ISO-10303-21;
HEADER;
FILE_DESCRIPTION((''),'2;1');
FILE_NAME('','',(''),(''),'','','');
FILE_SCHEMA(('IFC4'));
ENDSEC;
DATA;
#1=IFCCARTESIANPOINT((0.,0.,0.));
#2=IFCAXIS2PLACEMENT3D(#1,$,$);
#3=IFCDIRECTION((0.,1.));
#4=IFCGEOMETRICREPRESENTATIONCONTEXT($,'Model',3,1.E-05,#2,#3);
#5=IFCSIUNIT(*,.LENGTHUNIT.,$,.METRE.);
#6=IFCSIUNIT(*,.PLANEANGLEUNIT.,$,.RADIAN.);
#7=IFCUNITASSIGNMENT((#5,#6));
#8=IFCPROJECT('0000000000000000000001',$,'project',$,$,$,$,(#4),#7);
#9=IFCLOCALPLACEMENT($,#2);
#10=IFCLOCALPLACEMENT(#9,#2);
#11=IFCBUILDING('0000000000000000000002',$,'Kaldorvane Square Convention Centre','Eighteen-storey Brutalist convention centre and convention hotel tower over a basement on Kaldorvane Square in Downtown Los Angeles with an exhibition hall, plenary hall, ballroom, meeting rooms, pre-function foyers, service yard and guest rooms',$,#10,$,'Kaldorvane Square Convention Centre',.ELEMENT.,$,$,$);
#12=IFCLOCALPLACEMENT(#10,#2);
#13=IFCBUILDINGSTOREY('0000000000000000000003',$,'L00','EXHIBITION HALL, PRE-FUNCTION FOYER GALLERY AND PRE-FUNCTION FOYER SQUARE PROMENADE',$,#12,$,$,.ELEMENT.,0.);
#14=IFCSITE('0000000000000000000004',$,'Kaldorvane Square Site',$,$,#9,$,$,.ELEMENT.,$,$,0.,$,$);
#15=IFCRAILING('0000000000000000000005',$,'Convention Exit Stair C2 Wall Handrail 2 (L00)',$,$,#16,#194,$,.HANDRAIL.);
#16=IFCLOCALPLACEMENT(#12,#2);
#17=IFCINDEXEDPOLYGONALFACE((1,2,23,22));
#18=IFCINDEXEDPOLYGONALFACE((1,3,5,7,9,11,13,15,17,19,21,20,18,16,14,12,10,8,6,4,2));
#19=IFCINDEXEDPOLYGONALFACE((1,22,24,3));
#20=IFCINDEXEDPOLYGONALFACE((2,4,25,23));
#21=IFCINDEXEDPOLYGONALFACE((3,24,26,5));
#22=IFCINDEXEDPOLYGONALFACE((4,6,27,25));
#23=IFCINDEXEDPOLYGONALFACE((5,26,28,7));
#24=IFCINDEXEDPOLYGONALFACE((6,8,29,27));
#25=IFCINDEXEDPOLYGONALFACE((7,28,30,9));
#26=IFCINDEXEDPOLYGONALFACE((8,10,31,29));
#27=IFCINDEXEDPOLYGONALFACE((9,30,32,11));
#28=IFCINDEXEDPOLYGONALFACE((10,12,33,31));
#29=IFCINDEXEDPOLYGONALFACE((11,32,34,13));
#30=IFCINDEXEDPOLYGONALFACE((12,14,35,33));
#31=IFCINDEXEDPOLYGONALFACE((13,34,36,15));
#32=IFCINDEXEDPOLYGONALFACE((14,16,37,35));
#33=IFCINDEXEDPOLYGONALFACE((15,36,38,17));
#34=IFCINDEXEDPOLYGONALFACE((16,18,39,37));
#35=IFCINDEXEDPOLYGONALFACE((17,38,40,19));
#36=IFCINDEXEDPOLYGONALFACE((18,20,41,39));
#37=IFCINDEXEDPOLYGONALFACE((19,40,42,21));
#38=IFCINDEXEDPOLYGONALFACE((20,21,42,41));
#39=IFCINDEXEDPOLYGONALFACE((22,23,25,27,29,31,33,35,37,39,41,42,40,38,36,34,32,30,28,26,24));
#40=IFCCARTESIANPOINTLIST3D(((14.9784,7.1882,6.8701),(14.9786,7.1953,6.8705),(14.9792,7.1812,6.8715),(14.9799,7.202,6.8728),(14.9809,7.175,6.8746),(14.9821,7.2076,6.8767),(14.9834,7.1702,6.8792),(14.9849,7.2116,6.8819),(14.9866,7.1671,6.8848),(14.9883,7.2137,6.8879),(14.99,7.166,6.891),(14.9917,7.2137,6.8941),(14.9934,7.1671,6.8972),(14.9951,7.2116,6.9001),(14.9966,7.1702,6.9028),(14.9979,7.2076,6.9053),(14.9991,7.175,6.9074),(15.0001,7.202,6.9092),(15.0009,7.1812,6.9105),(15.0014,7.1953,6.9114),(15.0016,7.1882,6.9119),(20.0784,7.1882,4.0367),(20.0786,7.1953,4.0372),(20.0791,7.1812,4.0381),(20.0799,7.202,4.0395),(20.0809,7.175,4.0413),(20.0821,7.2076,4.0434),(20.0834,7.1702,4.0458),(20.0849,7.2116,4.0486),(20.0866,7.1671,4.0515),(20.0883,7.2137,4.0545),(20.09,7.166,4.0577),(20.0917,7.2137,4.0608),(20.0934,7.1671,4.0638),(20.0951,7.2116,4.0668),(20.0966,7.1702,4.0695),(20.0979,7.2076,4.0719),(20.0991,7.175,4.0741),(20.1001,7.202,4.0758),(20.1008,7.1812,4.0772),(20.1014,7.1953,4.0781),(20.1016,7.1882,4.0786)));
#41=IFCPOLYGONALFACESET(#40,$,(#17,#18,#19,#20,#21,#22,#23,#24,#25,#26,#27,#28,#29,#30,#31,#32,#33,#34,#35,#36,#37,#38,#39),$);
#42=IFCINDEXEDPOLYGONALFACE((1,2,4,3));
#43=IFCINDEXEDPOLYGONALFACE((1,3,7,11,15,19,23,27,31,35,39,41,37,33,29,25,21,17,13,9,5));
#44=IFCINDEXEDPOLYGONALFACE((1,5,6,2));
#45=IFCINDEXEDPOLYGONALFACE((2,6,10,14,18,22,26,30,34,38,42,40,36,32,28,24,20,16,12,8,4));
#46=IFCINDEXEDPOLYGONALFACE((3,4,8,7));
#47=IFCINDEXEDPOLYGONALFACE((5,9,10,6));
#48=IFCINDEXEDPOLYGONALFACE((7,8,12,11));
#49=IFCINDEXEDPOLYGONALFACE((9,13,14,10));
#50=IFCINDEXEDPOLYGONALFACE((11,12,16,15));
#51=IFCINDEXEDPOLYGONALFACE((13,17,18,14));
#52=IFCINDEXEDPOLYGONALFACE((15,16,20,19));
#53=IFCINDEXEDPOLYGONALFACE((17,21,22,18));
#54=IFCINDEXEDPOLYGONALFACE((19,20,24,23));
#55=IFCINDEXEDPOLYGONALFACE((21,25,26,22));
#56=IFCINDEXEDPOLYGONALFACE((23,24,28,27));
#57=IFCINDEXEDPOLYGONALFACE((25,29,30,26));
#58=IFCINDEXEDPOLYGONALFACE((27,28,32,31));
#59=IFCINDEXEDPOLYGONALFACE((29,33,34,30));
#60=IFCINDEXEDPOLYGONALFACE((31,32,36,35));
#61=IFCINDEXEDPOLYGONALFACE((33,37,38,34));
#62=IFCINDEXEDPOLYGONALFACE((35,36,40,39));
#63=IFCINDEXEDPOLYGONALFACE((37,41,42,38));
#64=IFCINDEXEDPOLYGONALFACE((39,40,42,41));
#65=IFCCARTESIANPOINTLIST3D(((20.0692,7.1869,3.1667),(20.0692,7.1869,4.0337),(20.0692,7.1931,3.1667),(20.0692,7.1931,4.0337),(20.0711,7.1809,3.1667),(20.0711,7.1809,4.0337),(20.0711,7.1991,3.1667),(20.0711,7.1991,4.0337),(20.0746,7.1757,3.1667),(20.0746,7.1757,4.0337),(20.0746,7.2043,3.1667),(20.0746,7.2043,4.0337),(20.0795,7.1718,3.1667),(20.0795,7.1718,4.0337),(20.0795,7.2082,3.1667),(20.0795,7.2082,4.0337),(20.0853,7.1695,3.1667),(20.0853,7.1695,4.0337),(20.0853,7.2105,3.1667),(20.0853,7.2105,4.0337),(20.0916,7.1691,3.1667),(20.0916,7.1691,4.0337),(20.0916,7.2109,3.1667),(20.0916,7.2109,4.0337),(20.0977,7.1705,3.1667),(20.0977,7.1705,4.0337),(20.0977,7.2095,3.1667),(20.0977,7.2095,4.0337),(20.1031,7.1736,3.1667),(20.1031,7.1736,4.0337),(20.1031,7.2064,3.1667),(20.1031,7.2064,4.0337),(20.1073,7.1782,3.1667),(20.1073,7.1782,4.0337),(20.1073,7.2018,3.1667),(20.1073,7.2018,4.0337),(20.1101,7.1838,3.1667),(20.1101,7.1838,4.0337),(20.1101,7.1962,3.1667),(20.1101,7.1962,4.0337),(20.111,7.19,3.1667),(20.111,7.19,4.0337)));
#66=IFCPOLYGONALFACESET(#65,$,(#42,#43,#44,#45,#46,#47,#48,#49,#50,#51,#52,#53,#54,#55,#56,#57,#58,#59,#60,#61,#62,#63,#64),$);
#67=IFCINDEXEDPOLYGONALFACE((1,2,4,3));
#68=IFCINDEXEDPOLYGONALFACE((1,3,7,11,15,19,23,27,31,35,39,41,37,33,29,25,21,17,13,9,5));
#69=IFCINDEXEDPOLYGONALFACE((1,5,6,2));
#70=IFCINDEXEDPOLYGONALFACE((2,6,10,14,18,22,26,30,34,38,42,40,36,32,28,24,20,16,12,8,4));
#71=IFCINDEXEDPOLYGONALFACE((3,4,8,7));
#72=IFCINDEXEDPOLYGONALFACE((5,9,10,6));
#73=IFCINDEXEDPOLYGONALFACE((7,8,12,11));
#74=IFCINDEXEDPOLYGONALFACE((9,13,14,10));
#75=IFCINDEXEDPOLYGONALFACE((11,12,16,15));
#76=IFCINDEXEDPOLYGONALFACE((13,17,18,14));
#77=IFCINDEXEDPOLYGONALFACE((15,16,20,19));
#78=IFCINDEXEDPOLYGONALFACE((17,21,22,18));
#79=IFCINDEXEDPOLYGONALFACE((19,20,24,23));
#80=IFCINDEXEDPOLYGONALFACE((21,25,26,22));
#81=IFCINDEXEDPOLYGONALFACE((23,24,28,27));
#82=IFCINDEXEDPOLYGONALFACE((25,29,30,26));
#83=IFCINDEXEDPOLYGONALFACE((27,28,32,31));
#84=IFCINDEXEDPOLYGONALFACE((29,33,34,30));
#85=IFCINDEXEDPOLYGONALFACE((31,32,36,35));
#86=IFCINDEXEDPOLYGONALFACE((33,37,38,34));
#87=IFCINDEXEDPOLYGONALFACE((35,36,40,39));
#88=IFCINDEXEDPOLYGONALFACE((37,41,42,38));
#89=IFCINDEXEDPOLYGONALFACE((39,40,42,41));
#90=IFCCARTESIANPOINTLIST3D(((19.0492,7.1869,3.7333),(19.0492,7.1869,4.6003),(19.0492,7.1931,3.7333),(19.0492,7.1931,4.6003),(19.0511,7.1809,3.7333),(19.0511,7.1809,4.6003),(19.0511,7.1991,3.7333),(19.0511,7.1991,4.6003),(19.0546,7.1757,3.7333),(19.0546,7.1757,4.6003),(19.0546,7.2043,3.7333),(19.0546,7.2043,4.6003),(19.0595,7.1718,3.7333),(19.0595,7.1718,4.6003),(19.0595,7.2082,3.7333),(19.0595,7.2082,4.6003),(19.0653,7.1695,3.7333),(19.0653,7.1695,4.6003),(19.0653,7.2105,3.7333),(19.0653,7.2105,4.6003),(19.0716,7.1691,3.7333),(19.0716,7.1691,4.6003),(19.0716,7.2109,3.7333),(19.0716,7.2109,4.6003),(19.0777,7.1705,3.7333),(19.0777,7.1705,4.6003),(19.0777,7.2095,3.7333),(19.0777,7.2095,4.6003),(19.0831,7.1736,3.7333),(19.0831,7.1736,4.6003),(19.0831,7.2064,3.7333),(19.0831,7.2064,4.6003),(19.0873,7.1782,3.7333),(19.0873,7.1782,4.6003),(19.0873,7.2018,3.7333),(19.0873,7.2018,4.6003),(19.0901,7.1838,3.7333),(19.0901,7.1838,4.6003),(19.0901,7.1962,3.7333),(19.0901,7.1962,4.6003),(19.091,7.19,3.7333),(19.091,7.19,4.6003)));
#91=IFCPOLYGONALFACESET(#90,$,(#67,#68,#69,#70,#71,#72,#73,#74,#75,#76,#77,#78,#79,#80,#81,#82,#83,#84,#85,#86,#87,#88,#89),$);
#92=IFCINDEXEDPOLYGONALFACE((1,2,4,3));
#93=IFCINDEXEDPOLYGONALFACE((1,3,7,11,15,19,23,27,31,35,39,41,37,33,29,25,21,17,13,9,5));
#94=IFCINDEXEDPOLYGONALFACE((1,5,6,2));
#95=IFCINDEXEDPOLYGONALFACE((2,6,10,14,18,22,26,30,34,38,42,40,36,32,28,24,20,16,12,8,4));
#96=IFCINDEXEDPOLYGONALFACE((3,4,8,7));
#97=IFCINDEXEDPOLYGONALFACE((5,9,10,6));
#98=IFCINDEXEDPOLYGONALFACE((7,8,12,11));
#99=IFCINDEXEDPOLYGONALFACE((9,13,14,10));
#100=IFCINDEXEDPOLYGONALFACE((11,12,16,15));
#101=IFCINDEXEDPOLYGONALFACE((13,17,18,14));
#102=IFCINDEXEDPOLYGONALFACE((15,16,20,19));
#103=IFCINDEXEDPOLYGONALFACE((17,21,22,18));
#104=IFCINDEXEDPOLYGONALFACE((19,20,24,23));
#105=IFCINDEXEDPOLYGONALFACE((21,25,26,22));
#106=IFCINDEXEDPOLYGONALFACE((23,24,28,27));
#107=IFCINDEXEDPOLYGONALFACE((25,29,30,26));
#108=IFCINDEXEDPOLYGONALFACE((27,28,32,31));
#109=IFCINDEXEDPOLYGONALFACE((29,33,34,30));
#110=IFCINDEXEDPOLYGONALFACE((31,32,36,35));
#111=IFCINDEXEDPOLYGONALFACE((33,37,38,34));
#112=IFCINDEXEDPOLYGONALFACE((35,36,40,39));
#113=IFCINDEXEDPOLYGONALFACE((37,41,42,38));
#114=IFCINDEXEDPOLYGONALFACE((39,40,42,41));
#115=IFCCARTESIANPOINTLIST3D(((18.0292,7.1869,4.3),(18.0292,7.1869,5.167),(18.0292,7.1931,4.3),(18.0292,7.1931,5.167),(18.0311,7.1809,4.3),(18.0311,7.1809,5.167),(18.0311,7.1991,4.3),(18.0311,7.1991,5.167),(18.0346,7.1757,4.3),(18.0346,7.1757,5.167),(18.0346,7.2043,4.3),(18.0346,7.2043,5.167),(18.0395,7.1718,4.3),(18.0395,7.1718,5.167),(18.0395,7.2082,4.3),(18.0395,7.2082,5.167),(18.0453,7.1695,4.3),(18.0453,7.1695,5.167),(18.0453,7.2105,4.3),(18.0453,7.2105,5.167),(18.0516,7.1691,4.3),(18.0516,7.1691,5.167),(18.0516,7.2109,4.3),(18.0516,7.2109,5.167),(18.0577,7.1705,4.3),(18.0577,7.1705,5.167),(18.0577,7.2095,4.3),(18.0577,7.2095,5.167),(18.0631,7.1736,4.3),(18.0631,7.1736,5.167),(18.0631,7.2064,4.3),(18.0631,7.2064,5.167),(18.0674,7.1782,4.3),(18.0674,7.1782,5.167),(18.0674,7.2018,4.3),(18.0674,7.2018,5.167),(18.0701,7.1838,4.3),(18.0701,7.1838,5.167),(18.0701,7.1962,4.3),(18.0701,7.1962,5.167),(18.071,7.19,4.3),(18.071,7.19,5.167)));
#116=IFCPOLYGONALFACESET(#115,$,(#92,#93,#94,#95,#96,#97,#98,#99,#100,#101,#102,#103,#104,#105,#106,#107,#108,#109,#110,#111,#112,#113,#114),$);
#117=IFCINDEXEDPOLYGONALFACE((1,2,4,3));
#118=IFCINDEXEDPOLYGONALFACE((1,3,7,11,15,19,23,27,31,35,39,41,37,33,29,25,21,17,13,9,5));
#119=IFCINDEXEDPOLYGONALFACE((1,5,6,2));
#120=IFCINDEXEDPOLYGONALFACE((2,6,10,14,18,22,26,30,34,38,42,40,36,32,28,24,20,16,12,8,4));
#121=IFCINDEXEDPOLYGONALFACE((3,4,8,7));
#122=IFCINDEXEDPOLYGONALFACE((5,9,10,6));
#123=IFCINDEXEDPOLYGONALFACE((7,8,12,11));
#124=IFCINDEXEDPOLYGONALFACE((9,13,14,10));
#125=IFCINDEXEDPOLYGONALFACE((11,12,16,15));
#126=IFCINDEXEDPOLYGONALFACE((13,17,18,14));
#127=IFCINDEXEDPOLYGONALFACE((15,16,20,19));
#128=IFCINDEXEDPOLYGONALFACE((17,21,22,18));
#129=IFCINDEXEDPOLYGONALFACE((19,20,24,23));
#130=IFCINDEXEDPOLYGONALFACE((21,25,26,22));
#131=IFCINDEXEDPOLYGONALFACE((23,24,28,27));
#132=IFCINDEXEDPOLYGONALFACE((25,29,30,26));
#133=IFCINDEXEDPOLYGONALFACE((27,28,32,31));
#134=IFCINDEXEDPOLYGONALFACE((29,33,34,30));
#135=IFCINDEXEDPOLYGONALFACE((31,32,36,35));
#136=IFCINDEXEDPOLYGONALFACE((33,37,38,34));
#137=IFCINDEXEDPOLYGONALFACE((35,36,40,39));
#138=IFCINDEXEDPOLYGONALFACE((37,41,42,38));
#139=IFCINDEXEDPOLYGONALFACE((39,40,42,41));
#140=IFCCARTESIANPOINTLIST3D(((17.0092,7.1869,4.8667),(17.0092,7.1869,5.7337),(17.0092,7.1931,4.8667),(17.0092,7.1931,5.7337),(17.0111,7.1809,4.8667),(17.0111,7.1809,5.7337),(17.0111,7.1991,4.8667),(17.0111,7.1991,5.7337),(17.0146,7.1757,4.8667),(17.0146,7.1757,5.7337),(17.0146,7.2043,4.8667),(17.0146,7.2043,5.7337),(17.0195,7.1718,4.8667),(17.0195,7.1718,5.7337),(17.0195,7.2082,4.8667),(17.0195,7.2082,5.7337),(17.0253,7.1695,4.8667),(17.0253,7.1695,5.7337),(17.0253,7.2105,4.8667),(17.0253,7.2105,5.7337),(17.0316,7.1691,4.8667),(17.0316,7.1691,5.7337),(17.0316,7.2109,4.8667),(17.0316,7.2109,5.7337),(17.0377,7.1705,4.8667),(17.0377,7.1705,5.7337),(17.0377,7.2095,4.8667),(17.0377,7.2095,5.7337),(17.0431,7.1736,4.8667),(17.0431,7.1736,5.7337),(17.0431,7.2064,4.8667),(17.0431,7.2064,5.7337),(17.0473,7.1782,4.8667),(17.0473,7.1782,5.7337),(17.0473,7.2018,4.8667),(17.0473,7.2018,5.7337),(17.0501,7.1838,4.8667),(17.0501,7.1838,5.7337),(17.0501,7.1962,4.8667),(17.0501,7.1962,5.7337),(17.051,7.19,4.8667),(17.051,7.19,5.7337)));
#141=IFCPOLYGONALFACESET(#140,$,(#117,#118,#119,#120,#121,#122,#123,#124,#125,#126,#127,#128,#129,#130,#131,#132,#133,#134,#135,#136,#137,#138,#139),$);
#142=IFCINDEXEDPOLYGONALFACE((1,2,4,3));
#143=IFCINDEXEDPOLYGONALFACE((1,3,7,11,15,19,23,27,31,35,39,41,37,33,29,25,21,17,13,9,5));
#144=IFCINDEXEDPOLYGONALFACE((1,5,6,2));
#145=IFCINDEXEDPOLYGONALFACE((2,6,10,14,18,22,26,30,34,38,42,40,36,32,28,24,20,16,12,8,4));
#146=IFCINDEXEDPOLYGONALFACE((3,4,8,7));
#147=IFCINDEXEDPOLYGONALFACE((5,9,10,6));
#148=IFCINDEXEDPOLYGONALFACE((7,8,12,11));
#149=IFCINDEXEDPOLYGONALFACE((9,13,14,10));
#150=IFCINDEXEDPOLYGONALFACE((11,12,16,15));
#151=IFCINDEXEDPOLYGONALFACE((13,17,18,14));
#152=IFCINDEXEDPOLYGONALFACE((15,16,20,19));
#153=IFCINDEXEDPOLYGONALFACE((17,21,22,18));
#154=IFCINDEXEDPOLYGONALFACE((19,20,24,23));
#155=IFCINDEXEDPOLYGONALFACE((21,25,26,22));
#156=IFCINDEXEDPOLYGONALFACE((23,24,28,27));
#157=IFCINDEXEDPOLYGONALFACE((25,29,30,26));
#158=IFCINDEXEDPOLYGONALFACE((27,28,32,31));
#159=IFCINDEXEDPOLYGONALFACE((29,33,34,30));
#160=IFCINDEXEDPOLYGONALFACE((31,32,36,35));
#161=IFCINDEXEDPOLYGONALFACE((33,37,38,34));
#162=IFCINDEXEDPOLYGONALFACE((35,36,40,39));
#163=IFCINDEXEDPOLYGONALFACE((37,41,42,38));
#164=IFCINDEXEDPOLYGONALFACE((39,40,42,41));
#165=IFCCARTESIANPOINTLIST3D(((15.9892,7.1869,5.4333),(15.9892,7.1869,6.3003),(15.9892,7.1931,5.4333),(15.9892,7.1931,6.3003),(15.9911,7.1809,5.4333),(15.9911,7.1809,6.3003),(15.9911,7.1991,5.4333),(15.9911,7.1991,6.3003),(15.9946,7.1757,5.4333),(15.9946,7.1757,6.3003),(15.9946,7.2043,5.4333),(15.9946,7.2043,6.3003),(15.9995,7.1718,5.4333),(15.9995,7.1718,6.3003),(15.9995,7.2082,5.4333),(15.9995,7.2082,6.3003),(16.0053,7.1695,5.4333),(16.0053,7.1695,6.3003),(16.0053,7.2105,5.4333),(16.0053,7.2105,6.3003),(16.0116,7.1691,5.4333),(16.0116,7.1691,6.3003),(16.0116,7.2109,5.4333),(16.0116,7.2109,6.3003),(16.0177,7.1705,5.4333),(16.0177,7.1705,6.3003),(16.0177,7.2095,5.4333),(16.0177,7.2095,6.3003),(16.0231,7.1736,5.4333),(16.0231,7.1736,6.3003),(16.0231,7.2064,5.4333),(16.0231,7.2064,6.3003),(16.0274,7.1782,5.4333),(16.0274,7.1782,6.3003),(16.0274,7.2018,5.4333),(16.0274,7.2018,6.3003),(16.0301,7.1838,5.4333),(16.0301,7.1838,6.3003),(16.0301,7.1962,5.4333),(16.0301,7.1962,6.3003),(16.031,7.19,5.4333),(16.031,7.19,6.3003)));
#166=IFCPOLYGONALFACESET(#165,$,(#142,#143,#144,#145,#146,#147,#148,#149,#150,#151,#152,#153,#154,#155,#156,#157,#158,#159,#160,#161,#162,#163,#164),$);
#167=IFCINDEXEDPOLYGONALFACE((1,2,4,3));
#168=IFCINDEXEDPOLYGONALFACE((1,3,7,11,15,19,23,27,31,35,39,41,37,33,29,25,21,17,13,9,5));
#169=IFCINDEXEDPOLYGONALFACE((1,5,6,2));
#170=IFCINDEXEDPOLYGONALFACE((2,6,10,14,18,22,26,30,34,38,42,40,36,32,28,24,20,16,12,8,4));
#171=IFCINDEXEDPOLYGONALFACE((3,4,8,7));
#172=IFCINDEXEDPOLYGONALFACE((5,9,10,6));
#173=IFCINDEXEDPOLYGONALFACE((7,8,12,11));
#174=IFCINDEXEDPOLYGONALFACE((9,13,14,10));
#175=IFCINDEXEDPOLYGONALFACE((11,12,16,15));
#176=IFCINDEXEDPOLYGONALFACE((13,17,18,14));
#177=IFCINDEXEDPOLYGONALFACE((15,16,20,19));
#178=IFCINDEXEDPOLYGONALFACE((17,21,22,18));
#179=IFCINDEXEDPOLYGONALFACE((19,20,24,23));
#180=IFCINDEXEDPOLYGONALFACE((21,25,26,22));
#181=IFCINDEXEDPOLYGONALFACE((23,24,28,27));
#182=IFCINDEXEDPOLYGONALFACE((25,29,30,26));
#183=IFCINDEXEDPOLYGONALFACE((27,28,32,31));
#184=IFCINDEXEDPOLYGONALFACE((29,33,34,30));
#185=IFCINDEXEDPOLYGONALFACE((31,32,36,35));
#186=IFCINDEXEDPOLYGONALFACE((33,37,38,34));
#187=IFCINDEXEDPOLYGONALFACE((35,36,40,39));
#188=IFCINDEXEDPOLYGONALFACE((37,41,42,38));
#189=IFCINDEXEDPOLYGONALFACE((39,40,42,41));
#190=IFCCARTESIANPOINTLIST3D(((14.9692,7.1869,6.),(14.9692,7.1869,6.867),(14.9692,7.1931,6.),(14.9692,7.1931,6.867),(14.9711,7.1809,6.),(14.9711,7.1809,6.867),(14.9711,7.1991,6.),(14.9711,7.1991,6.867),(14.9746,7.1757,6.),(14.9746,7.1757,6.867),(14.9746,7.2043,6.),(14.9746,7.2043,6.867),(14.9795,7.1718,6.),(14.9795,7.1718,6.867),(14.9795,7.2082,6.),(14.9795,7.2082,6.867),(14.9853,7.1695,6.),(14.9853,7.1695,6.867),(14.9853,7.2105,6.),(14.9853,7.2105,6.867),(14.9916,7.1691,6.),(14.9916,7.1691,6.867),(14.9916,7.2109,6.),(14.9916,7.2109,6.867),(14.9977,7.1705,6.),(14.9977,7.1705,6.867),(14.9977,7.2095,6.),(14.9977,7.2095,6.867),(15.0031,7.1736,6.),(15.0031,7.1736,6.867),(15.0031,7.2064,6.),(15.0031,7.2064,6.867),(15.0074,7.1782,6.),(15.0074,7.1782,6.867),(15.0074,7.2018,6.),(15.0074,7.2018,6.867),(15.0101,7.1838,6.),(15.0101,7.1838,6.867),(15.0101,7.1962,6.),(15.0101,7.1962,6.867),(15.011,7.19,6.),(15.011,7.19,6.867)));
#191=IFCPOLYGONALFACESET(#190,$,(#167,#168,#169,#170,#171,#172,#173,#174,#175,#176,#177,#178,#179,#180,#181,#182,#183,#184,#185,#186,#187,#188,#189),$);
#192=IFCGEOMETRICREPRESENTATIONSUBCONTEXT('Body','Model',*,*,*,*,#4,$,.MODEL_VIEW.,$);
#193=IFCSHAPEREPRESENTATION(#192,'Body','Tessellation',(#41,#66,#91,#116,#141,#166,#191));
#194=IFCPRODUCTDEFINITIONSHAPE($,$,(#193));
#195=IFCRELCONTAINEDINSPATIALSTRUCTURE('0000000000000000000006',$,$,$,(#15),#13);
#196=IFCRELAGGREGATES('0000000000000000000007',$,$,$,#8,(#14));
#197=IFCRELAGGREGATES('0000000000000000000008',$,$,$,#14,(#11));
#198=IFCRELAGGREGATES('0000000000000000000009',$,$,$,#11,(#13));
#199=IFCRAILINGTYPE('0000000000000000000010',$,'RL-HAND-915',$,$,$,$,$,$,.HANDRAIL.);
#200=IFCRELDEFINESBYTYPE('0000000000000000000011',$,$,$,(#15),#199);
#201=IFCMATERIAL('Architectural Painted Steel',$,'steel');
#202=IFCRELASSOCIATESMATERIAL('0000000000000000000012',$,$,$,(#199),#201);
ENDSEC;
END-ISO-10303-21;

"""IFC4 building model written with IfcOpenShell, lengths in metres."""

from ifc_helpers import new_model, si_unit, direction, frame, origin, origin_2d, place, context, subcontext, project, spatial, circle, extrude, material, type_object, element, save


model = new_model("IFC4")

# Units and contexts
model_context = context("Model", 3, precision=1e-05, world=origin(), true_north=direction((0.0, 1.0)))
body_context = subcontext(model_context, "Body", "Model", "MODEL_VIEW")
ifc_project = project(units=[si_unit("LENGTHUNIT", "METRE"), si_unit("PLANEANGLEUNIT", "RADIAN")], contexts=[model_context])

# Site, building, storey
site_placement = place(None, origin())
site = spatial("IfcSite", under=ifc_project, at=site_placement, Name="Kaldorvane Square Site", CompositionType="ELEMENT", RefElevation=0.0)
building_placement = place(site_placement, origin())
building = spatial("IfcBuilding", under=site, at=building_placement, Name="Kaldorvane Square Convention Centre", Description="Eighteen-storey Brutalist convention centre and convention hotel tower over a basement on Kaldorvane Square in Downtown Los Angeles with an exhibition hall, plenary hall, ballroom, meeting rooms, pre-function foyers, service yard and guest rooms", LongName="Kaldorvane Square Convention Centre", CompositionType="ELEMENT")
storey_placement = place(building_placement, origin())
storey = spatial("IfcBuildingStorey", under=building, at=storey_placement, Name="L00", Description="EXHIBITION HALL, PRE-FUNCTION FOYER GALLERY AND PRE-FUNCTION FOYER SQUARE PROMENADE", CompositionType="ELEMENT", Elevation=0.0)

# Railing
ifc_material_1 = material(Name="Architectural Painted Steel", Category="steel")
railing_type_1 = type_object("IfcRailingType", Name="RL-HAND-915", PredefinedType="HANDRAIL", material=ifc_material_1)
railing_1_placement = place(storey_placement, frame((20.09, 7.19, 3.1667)))
element("IfcRailing", 1, at=railing_1_placement, inside=storey, type_object=railing_type_1, Name="Convention Exit Stair C2 Wall Handrail 2 (L00)", PredefinedType="HANDRAIL", context=body_context, shape_type="SweptSolid", body=[
    extrude(circle(Radius=0.024, at=origin_2d()), frame((0.0, 0.0, 0.891), z_axis=(-0.874157, 0.0, 0.485643), x_axis=(0.0, -1.0, 0.0)), (0.0, 0.0, 1.0), 5.8342),
    extrude(circle(Radius=0.021, at=origin_2d()), origin(), (0.0, 0.0, 1.0), 0.867),
    extrude(circle(Radius=0.021, at=origin_2d()), frame((-1.02, 0.0, 0.5667)), (0.0, 0.0, 1.0), 0.867),
    extrude(circle(Radius=0.021, at=origin_2d()), frame((-2.04, 0.0, 1.1333)), (0.0, 0.0, 1.0), 0.867),
    extrude(circle(Radius=0.021, at=origin_2d()), frame((-3.06, 0.0, 1.7)), (0.0, 0.0, 1.0), 0.867),
    extrude(circle(Radius=0.021, at=origin_2d()), frame((-4.08, 0.0, 2.2667)), (0.0, 0.0, 1.0), 0.867),
    extrude(circle(Radius=0.021, at=origin_2d()), frame((-5.1, 0.0, 2.8333)), (0.0, 0.0, 1.0), 0.867),
])

save(model, "model.ifc")
